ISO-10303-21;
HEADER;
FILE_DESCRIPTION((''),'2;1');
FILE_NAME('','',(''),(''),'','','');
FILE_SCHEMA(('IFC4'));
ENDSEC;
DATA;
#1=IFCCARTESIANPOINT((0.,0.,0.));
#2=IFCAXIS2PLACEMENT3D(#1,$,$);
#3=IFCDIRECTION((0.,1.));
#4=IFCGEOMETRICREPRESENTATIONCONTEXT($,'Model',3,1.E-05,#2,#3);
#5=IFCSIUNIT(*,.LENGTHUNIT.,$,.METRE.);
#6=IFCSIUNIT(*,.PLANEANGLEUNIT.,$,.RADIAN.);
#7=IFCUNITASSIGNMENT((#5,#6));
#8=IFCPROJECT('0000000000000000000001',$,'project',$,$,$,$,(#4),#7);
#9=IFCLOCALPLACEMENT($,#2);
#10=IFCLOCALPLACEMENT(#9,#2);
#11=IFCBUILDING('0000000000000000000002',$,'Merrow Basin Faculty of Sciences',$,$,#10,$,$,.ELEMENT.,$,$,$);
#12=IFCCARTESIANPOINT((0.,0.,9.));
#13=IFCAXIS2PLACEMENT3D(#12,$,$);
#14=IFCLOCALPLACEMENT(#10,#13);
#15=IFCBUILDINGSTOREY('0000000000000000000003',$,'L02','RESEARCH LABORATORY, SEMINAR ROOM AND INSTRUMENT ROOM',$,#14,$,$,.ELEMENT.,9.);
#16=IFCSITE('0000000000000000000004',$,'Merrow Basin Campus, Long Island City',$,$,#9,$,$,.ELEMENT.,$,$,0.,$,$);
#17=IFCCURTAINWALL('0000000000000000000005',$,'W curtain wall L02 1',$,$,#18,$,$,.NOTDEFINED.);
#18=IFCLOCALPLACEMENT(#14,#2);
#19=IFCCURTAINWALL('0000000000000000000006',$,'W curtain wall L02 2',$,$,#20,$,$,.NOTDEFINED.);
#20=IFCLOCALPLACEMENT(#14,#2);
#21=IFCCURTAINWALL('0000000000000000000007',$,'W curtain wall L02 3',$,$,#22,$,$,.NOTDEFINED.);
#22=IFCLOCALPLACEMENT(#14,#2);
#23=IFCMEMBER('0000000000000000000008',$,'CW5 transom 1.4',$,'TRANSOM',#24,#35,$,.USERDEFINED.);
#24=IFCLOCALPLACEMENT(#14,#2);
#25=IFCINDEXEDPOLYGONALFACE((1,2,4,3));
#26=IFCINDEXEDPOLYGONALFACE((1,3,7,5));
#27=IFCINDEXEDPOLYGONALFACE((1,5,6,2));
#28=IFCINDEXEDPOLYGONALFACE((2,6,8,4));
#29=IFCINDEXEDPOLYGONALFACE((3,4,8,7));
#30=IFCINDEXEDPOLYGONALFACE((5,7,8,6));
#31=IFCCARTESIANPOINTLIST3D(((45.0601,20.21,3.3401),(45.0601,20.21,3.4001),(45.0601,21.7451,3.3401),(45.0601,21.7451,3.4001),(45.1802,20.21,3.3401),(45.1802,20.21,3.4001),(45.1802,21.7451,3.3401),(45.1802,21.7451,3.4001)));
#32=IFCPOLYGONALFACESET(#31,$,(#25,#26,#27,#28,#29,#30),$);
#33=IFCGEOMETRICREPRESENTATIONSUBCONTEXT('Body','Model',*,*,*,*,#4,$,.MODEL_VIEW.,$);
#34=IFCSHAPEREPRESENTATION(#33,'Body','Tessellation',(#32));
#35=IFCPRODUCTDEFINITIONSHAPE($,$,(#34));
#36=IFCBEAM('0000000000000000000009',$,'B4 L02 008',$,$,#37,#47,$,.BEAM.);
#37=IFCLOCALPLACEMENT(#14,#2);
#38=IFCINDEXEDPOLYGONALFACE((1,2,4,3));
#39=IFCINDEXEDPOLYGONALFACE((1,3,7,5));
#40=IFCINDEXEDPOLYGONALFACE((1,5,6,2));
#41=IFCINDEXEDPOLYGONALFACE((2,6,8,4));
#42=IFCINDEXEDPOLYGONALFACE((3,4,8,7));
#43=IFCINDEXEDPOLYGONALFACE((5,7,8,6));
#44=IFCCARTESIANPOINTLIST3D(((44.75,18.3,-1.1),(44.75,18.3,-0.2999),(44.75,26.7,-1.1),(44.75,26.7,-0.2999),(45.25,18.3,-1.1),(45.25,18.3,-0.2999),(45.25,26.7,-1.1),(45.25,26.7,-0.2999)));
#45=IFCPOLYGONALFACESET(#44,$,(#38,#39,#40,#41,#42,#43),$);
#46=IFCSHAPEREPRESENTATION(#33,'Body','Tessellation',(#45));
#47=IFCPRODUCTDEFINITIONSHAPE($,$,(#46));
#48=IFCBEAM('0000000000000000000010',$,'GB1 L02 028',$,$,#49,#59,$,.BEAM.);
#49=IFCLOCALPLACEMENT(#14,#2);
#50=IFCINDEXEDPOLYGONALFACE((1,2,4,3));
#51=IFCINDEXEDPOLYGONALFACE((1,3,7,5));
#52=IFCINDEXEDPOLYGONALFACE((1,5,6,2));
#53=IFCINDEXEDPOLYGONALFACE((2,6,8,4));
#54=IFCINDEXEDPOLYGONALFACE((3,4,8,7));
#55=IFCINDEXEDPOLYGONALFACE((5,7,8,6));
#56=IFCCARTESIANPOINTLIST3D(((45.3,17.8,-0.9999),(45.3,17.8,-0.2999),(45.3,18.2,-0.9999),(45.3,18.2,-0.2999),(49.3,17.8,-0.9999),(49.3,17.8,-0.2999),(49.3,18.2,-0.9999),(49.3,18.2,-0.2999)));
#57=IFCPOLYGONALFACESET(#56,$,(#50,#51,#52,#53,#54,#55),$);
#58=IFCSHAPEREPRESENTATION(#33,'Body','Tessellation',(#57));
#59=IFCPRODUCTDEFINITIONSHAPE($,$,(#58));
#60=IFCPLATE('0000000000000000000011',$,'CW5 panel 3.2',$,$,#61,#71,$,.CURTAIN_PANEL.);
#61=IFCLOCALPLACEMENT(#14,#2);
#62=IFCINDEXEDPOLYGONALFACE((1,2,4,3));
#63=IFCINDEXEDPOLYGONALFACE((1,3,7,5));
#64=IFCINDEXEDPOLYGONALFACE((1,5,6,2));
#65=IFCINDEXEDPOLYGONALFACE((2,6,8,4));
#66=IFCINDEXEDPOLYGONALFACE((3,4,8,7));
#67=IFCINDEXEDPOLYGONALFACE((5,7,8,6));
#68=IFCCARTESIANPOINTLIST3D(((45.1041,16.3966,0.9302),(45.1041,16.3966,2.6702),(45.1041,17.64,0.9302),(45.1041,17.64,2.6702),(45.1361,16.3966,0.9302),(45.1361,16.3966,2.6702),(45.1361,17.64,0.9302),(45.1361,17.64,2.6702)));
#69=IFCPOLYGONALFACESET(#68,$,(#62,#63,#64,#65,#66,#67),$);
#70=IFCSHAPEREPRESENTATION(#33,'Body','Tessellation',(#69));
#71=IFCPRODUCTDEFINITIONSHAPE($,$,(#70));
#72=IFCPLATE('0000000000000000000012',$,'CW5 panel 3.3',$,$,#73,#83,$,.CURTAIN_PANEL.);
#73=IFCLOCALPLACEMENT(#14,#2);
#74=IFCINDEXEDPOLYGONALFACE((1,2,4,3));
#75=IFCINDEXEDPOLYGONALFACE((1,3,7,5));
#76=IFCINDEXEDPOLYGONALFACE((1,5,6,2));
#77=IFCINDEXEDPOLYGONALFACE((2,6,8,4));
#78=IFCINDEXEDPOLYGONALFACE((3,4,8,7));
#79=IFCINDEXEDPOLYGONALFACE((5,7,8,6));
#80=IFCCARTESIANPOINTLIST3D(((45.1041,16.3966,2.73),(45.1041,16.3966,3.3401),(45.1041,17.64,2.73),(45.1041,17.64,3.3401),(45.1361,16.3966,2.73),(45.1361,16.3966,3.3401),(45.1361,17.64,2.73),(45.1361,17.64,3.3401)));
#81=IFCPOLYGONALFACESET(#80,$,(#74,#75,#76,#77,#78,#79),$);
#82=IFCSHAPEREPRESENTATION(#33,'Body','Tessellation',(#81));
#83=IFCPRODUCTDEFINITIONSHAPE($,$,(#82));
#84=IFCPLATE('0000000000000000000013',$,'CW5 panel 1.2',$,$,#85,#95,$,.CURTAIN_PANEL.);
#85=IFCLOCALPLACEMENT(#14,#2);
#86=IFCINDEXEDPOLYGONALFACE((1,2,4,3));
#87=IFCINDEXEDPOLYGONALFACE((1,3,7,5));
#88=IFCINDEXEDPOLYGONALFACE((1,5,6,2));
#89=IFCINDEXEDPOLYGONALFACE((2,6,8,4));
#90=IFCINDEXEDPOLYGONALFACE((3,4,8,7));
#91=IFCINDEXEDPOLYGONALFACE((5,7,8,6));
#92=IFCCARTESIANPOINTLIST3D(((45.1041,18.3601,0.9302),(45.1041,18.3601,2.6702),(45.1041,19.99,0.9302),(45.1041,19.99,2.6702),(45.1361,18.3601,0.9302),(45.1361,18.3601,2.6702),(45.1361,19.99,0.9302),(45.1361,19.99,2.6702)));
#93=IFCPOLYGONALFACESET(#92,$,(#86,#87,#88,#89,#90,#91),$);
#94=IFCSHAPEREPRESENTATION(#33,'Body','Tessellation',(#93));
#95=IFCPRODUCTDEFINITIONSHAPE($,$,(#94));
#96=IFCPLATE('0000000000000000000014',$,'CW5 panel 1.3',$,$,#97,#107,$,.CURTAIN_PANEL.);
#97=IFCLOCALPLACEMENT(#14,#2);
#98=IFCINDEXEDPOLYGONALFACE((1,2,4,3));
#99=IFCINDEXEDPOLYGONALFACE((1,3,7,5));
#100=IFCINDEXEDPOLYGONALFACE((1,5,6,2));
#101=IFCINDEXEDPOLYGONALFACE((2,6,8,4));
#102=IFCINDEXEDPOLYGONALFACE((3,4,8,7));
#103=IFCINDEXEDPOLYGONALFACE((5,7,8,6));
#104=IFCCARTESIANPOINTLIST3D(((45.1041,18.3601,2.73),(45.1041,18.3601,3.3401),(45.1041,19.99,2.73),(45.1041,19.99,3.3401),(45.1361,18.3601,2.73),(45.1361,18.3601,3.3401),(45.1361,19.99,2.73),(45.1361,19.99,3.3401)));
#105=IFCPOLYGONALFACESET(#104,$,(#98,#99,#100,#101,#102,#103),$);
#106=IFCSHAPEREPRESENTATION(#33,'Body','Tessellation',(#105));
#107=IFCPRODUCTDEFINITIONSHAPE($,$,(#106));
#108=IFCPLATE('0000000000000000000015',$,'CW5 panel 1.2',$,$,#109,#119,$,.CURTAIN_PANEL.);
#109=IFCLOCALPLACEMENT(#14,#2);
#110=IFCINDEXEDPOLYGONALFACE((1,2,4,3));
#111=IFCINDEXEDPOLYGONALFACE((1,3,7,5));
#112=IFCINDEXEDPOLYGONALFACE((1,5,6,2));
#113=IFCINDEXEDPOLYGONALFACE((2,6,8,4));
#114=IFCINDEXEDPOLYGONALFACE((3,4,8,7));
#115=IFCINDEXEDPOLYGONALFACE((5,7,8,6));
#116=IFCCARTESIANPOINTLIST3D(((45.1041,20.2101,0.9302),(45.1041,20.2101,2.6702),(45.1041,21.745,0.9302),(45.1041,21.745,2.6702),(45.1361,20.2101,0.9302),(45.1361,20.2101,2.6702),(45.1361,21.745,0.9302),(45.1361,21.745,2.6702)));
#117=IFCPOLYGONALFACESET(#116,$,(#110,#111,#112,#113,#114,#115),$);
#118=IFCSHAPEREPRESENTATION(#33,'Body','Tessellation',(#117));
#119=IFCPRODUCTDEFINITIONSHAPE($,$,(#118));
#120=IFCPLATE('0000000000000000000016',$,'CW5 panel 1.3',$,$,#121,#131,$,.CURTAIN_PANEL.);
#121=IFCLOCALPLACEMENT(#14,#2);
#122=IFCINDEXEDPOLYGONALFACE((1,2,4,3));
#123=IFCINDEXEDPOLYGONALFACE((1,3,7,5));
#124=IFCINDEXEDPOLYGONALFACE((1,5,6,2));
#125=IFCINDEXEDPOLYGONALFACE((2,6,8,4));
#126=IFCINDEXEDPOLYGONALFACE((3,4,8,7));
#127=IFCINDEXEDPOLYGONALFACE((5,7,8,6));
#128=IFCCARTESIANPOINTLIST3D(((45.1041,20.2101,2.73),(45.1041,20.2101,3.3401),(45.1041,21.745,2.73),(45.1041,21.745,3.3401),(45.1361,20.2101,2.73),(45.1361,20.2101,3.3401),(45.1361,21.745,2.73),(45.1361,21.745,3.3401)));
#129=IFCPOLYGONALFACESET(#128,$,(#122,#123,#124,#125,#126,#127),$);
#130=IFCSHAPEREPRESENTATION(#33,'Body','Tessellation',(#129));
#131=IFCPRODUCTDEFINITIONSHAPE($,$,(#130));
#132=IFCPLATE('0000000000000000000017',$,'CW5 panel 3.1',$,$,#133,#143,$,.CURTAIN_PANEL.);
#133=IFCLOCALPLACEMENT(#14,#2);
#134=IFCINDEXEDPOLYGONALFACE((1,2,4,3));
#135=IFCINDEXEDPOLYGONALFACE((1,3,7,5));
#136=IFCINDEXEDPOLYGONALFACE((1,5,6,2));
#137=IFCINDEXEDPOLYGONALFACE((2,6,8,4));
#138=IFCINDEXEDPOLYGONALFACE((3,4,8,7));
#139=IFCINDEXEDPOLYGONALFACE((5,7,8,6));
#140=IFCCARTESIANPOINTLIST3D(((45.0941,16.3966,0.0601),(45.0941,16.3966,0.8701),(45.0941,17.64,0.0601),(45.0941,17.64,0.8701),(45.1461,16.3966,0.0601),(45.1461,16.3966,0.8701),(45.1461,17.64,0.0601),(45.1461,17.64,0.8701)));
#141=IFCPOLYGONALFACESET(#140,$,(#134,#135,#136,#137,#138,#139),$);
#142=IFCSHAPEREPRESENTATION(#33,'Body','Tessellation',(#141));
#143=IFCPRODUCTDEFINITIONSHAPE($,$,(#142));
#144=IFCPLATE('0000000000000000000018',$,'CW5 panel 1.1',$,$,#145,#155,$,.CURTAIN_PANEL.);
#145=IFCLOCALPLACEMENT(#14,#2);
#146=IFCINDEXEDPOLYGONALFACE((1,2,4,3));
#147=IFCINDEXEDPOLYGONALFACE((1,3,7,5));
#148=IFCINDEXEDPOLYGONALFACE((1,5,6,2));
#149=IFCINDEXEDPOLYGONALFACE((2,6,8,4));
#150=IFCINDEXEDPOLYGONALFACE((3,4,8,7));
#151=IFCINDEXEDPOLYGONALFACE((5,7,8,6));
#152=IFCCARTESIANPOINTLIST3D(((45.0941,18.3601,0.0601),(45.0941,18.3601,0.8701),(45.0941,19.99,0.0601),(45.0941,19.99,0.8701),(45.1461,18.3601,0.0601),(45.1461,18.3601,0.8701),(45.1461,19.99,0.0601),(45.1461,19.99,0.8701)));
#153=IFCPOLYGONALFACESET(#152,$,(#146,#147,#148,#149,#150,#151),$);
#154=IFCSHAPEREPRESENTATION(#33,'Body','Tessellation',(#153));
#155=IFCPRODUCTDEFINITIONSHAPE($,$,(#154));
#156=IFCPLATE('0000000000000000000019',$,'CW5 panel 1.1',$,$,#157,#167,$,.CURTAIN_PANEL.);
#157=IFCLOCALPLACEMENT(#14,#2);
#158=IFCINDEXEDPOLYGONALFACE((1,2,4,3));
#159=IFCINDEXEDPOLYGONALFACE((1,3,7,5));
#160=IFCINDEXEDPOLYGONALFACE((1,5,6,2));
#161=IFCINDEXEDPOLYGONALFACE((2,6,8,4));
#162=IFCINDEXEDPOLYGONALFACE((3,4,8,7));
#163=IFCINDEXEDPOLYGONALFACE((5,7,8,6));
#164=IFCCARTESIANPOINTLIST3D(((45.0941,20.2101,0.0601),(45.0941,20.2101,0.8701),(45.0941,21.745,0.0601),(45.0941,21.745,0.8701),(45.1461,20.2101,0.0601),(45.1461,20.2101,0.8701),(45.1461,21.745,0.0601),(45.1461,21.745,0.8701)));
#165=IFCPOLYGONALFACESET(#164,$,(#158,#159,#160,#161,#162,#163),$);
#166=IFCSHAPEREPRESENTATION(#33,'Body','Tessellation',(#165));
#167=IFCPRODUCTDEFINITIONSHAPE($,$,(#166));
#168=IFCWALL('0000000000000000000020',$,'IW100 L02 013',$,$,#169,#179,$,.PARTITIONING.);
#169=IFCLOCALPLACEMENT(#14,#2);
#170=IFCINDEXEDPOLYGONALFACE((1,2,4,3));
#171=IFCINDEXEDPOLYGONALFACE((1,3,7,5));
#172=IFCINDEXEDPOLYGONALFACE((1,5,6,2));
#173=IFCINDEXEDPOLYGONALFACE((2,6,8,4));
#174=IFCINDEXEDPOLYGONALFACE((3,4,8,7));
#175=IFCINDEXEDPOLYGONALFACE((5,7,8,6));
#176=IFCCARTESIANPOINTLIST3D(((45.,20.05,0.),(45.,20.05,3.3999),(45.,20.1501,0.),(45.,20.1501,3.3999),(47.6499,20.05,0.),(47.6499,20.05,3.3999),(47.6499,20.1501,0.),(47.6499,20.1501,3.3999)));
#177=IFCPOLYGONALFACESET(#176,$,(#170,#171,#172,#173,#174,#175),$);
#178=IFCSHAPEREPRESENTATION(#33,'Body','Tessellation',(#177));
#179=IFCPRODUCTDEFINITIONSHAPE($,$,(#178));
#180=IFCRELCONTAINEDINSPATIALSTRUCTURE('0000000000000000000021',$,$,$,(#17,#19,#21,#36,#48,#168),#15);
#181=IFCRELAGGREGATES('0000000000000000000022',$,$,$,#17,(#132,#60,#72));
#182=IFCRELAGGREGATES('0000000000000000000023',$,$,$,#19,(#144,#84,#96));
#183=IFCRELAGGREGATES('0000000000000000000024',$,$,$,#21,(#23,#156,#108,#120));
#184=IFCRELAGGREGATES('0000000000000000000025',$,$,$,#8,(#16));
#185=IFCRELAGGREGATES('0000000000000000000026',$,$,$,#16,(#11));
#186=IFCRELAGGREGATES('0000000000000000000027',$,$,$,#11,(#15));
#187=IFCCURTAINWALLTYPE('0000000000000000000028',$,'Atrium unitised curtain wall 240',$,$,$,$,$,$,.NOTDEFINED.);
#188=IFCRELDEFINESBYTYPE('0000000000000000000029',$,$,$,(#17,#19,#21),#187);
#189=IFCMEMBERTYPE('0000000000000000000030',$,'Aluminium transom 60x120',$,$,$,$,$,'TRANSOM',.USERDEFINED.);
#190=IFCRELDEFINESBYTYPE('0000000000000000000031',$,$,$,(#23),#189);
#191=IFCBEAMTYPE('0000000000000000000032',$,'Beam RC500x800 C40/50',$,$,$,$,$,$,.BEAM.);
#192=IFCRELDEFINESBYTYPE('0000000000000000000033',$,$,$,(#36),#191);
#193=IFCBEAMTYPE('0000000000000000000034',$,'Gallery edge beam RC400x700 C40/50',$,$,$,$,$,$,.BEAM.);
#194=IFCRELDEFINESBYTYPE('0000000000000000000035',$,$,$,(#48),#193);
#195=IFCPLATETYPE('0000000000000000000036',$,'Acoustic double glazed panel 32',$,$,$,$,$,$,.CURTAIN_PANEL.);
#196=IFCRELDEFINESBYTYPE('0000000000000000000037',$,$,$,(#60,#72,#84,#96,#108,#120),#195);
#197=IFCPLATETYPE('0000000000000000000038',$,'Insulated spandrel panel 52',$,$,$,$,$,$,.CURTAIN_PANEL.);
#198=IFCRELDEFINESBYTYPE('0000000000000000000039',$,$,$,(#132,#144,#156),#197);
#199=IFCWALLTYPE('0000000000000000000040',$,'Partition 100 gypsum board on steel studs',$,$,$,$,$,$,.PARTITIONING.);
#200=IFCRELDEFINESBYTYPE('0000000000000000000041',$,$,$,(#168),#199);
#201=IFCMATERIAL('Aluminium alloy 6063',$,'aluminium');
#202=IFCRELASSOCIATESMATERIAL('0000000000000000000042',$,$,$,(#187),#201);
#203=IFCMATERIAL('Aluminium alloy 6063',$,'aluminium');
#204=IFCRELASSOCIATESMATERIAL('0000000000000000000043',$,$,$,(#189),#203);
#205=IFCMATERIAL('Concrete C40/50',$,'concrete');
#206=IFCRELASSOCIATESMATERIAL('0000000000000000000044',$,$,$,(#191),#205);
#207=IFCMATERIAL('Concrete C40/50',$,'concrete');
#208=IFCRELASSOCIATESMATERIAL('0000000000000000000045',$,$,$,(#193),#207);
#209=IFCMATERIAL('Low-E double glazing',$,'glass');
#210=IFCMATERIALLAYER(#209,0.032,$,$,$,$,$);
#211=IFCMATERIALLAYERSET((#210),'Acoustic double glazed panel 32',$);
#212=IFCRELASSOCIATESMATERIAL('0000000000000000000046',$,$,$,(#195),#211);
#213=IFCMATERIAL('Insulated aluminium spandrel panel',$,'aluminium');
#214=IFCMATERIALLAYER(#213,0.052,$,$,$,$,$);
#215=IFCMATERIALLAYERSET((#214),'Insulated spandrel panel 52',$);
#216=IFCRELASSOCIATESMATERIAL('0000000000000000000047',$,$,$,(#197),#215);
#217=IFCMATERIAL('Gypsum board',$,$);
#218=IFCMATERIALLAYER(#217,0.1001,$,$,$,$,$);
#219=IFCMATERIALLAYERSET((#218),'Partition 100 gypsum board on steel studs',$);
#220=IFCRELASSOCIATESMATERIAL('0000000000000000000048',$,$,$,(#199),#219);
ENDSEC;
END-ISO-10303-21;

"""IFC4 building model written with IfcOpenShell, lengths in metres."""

from ifc_helpers import new_model, si_unit, direction, frame, frame_2d, origin, origin_2d, place, context, subcontext, project, spatial, rectangle, extrude, material, layer, layer_set, material_profile, profile_set, type_object, element, aggregate, save


model = new_model("IFC4")

# Units and contexts
model_context = context("Model", 3, precision=1e-05, world=origin(), true_north=direction((0.0, 1.0)))
body_context = subcontext(model_context, "Body", "Model", "MODEL_VIEW")
ifc_project = project(units=[si_unit("LENGTHUNIT", "METRE"), si_unit("PLANEANGLEUNIT", "RADIAN")], contexts=[model_context])

# Site, building, storey
site_placement = place(None, origin())
site = spatial("IfcSite", under=ifc_project, at=site_placement, Name="Merrow Basin Campus, Long Island City", CompositionType="ELEMENT", RefElevation=0.0)
building_placement = place(site_placement, origin())
building = spatial("IfcBuilding", under=site, at=building_placement, Name="Merrow Basin Faculty of Sciences", CompositionType="ELEMENT")
storey_placement = place(building_placement, frame((0.0, 0.0, 9.0)))
storey = spatial("IfcBuildingStorey", under=building, at=storey_placement, Name="L02", Description="RESEARCH LABORATORY, SEMINAR ROOM AND INSTRUMENT ROOM", CompositionType="ELEMENT", Elevation=9.0)

# Curtain wall
ifc_material_1 = material(Name="Aluminium alloy 6063", Category="aluminium")
curtain_wall_type = type_object("IfcCurtainWallType", Name="Atrium unitised curtain wall 240", PredefinedType="NOTDEFINED", material=ifc_material_1)
curtain_wall_1_placement = place(storey_placement, origin())
curtain_wall_1 = element("IfcCurtainWall", 1, at=curtain_wall_1_placement, inside=storey, type_object=curtain_wall_type, Name="W curtain wall L02 1", PredefinedType="NOTDEFINED")

# Curtain walls
curtain_wall_2_placement = place(storey_placement, origin())
curtain_wall_2 = element("IfcCurtainWall", 2, at=curtain_wall_2_placement, inside=storey, type_object=curtain_wall_type, Name="W curtain wall L02 2", PredefinedType="NOTDEFINED")
curtain_wall_3_placement = place(storey_placement, origin())
curtain_wall_3 = element("IfcCurtainWall", 3, at=curtain_wall_3_placement, inside=storey, type_object=curtain_wall_type, Name="W curtain wall L02 3", PredefinedType="NOTDEFINED")

# Member
ifc_material_2 = material(Name="Aluminium alloy 6063", Category="aluminium")
ifc_material_profile_1 = material_profile(ifc_material_2, rectangle(XDim=0.1201, YDim=0.0601, at=origin_2d()))
ifc_profile_set_1 = profile_set([ifc_material_profile_1], Name="Aluminium alloy 6063")
member_type_1 = type_object("IfcMemberType", Name="Aluminium transom 60x120", ElementType="TRANSOM", PredefinedType="USERDEFINED", material=ifc_profile_set_1)
member_1_placement = place(storey_placement, frame((45.1201, 20.21, 3.3701), z_axis=(0.0, 1.0, 0.0), x_axis=(-1.0, 0.0, 0.0)))
member_1 = element("IfcMember", 4, at=member_1_placement, type_object=member_type_1, Name="CW5 transom 1.4", ObjectType="TRANSOM", PredefinedType="USERDEFINED", context=body_context, shape_type="SweptSolid", body=[
    extrude(rectangle(XDim=0.1201, YDim=0.0601, at=origin_2d()), origin(), (0.0, 0.0, 1.0), 1.5352),
])

# Beams
ifc_material_3 = material(Name="Concrete C40/50", Category="concrete")
ifc_material_profile_2 = material_profile(ifc_material_3, rectangle(XDim=0.5, YDim=0.8, at=origin_2d()))
ifc_profile_set_2 = profile_set([ifc_material_profile_2], Name="Concrete C40/50")
beam_type_1 = type_object("IfcBeamType", Name="Beam RC500x800 C40/50", PredefinedType="BEAM", material=ifc_profile_set_2)
beam_1_placement = place(storey_placement, frame((45.0, 18.3, -0.7), z_axis=(0.0, 1.0, 0.0), x_axis=(-1.0, 0.0, 0.0)))
element("IfcBeam", 5, at=beam_1_placement, inside=storey, type_object=beam_type_1, Name="B4 L02 008", PredefinedType="BEAM", context=body_context, shape_type="SweptSolid", body=[
    extrude(rectangle(XDim=0.5, YDim=0.8, at=origin_2d()), origin(), (0.0, 0.0, 1.0), 8.3999),
])
ifc_material_4 = material(Name="Concrete C40/50", Category="concrete")
ifc_material_profile_3 = material_profile(ifc_material_4, rectangle(XDim=0.3999, YDim=0.7, at=origin_2d()))
ifc_profile_set_3 = profile_set([ifc_material_profile_3], Name="Concrete C40/50")
beam_type_2 = type_object("IfcBeamType", Name="Gallery edge beam RC400x700 C40/50", PredefinedType="BEAM", material=ifc_profile_set_3)
beam_2_placement = place(storey_placement, frame((45.3, 18.0, -0.6499), z_axis=(1.0, 0.0, 0.0), x_axis=(0.0, 1.0, 0.0)))
element("IfcBeam", 6, at=beam_2_placement, inside=storey, type_object=beam_type_2, Name="GB1 L02 028", PredefinedType="BEAM", context=body_context, shape_type="SweptSolid", body=[
    extrude(rectangle(XDim=0.3999, YDim=0.7, at=origin_2d()), origin(), (0.0, 0.0, 1.0), 4.0),
])

# Plates
ifc_material_5 = material(Name="Low-E double glazing", Category="glass")
ifc_layer_1 = layer(ifc_material_5, 0.032)
ifc_layer_set_1 = layer_set([ifc_layer_1], Name="Acoustic double glazed panel 32")
plate_type_1 = type_object("IfcPlateType", Name="Acoustic double glazed panel 32", PredefinedType="CURTAIN_PANEL", material=ifc_layer_set_1)
plate_1_placement = place(storey_placement, frame((45.1201, 17.0183, 0.9302), z_axis=(0.0, 0.0, 1.0), x_axis=(0.0, 1.0, 0.0)))
plate_1 = element("IfcPlate", 7, at=plate_1_placement, type_object=plate_type_1, Name="CW5 panel 3.2", PredefinedType="CURTAIN_PANEL", context=body_context, shape_type="SweptSolid", body=[
    extrude(rectangle(XDim=1.2434, YDim=0.032, at=origin_2d()), origin(), (0.0, 0.0, 1.0), 1.74),
])
plate_2_placement = place(storey_placement, frame((45.1201, 17.0183, 2.73), z_axis=(0.0, 0.0, 1.0), x_axis=(0.0, 1.0, 0.0)))
plate_2 = element("IfcPlate", 8, at=plate_2_placement, type_object=plate_type_1, Name="CW5 panel 3.3", PredefinedType="CURTAIN_PANEL", context=body_context, shape_type="SweptSolid", body=[
    extrude(rectangle(XDim=1.2434, YDim=0.032, at=origin_2d()), origin(), (0.0, 0.0, 1.0), 0.6101),
])
plate_3_placement = place(storey_placement, frame((45.1201, 19.175, 0.9302), z_axis=(0.0, 0.0, 1.0), x_axis=(0.0, 1.0, 0.0)))
plate_3 = element("IfcPlate", 9, at=plate_3_placement, type_object=plate_type_1, Name="CW5 panel 1.2", PredefinedType="CURTAIN_PANEL", context=body_context, shape_type="SweptSolid", body=[
    extrude(rectangle(XDim=1.6299, YDim=0.032, at=origin_2d()), origin(), (0.0, 0.0, 1.0), 1.74),
])
plate_4_placement = place(storey_placement, frame((45.1201, 19.175, 2.73), z_axis=(0.0, 0.0, 1.0), x_axis=(0.0, 1.0, 0.0)))
plate_4 = element("IfcPlate", 10, at=plate_4_placement, type_object=plate_type_1, Name="CW5 panel 1.3", PredefinedType="CURTAIN_PANEL", context=body_context, shape_type="SweptSolid", body=[
    extrude(rectangle(XDim=1.6299, YDim=0.032, at=origin_2d()), origin(), (0.0, 0.0, 1.0), 0.6101),
])
plate_5_placement = place(storey_placement, frame((45.1201, 20.9775, 0.9302), z_axis=(0.0, 0.0, 1.0), x_axis=(0.0, 1.0, 0.0)))
plate_5 = element("IfcPlate", 11, at=plate_5_placement, type_object=plate_type_1, Name="CW5 panel 1.2", PredefinedType="CURTAIN_PANEL", context=body_context, shape_type="SweptSolid", body=[
    extrude(rectangle(XDim=1.5349, YDim=0.032, at=origin_2d()), origin(), (0.0, 0.0, 1.0), 1.74),
])
plate_6_placement = place(storey_placement, frame((45.1201, 20.9775, 2.73), z_axis=(0.0, 0.0, 1.0), x_axis=(0.0, 1.0, 0.0)))
plate_6 = element("IfcPlate", 12, at=plate_6_placement, type_object=plate_type_1, Name="CW5 panel 1.3", PredefinedType="CURTAIN_PANEL", context=body_context, shape_type="SweptSolid", body=[
    extrude(rectangle(XDim=1.5349, YDim=0.032, at=origin_2d()), origin(), (0.0, 0.0, 1.0), 0.6101),
])
ifc_material_6 = material(Name="Insulated aluminium spandrel panel", Category="aluminium")
ifc_layer_2 = layer(ifc_material_6, 0.052)
ifc_layer_set_2 = layer_set([ifc_layer_2], Name="Insulated spandrel panel 52")
plate_type_2 = type_object("IfcPlateType", Name="Insulated spandrel panel 52", PredefinedType="CURTAIN_PANEL", material=ifc_layer_set_2)
plate_7_placement = place(storey_placement, frame((45.1201, 17.0183, 0.0601), z_axis=(0.0, 0.0, 1.0), x_axis=(0.0, 1.0, 0.0)))
plate_7 = element("IfcPlate", 13, at=plate_7_placement, type_object=plate_type_2, Name="CW5 panel 3.1", PredefinedType="CURTAIN_PANEL", context=body_context, shape_type="SweptSolid", body=[
    extrude(rectangle(XDim=1.2434, YDim=0.052, at=origin_2d()), origin(), (0.0, 0.0, 1.0), 0.8101),
])
aggregate(curtain_wall_1, [plate_7, plate_1, plate_2])
plate_8_placement = place(storey_placement, frame((45.1201, 19.175, 0.0601), z_axis=(0.0, 0.0, 1.0), x_axis=(0.0, 1.0, 0.0)))
plate_8 = element("IfcPlate", 14, at=plate_8_placement, type_object=plate_type_2, Name="CW5 panel 1.1", PredefinedType="CURTAIN_PANEL", context=body_context, shape_type="SweptSolid", body=[
    extrude(rectangle(XDim=1.6299, YDim=0.052, at=origin_2d()), origin(), (0.0, 0.0, 1.0), 0.8101),
])
aggregate(curtain_wall_2, [plate_8, plate_3, plate_4])
plate_9_placement = place(storey_placement, frame((45.1201, 20.9775, 0.0601), z_axis=(0.0, 0.0, 1.0), x_axis=(0.0, 1.0, 0.0)))
plate_9 = element("IfcPlate", 15, at=plate_9_placement, type_object=plate_type_2, Name="CW5 panel 1.1", PredefinedType="CURTAIN_PANEL", context=body_context, shape_type="SweptSolid", body=[
    extrude(rectangle(XDim=1.5349, YDim=0.052, at=origin_2d()), origin(), (0.0, 0.0, 1.0), 0.8101),
])
aggregate(curtain_wall_3, [member_1, plate_9, plate_5, plate_6])

# Wall
ifc_material_7 = material(Name="Gypsum board")
ifc_layer_3 = layer(ifc_material_7, 0.1001)
ifc_layer_set_3 = layer_set([ifc_layer_3], Name="Partition 100 gypsum board on steel studs")
wall_type = type_object("IfcWallType", Name="Partition 100 gypsum board on steel studs", PredefinedType="PARTITIONING", material=ifc_layer_set_3)
wall_placement = place(storey_placement, frame((45.0, 20.1001, 0.0), z_axis=(0.0, 0.0, 1.0), x_axis=(1.0, 0.0, 0.0)))
element("IfcWall", 16, at=wall_placement, inside=storey, type_object=wall_type, Name="IW100 L02 013", PredefinedType="PARTITIONING", context=body_context, shape_type="SweptSolid", body=[
    extrude(rectangle(XDim=2.6499, YDim=0.1001, at=frame_2d((1.325, 0.0))), origin(), (0.0, 0.0, 1.0), 3.3999),
])

save(model, "model.ifc")
